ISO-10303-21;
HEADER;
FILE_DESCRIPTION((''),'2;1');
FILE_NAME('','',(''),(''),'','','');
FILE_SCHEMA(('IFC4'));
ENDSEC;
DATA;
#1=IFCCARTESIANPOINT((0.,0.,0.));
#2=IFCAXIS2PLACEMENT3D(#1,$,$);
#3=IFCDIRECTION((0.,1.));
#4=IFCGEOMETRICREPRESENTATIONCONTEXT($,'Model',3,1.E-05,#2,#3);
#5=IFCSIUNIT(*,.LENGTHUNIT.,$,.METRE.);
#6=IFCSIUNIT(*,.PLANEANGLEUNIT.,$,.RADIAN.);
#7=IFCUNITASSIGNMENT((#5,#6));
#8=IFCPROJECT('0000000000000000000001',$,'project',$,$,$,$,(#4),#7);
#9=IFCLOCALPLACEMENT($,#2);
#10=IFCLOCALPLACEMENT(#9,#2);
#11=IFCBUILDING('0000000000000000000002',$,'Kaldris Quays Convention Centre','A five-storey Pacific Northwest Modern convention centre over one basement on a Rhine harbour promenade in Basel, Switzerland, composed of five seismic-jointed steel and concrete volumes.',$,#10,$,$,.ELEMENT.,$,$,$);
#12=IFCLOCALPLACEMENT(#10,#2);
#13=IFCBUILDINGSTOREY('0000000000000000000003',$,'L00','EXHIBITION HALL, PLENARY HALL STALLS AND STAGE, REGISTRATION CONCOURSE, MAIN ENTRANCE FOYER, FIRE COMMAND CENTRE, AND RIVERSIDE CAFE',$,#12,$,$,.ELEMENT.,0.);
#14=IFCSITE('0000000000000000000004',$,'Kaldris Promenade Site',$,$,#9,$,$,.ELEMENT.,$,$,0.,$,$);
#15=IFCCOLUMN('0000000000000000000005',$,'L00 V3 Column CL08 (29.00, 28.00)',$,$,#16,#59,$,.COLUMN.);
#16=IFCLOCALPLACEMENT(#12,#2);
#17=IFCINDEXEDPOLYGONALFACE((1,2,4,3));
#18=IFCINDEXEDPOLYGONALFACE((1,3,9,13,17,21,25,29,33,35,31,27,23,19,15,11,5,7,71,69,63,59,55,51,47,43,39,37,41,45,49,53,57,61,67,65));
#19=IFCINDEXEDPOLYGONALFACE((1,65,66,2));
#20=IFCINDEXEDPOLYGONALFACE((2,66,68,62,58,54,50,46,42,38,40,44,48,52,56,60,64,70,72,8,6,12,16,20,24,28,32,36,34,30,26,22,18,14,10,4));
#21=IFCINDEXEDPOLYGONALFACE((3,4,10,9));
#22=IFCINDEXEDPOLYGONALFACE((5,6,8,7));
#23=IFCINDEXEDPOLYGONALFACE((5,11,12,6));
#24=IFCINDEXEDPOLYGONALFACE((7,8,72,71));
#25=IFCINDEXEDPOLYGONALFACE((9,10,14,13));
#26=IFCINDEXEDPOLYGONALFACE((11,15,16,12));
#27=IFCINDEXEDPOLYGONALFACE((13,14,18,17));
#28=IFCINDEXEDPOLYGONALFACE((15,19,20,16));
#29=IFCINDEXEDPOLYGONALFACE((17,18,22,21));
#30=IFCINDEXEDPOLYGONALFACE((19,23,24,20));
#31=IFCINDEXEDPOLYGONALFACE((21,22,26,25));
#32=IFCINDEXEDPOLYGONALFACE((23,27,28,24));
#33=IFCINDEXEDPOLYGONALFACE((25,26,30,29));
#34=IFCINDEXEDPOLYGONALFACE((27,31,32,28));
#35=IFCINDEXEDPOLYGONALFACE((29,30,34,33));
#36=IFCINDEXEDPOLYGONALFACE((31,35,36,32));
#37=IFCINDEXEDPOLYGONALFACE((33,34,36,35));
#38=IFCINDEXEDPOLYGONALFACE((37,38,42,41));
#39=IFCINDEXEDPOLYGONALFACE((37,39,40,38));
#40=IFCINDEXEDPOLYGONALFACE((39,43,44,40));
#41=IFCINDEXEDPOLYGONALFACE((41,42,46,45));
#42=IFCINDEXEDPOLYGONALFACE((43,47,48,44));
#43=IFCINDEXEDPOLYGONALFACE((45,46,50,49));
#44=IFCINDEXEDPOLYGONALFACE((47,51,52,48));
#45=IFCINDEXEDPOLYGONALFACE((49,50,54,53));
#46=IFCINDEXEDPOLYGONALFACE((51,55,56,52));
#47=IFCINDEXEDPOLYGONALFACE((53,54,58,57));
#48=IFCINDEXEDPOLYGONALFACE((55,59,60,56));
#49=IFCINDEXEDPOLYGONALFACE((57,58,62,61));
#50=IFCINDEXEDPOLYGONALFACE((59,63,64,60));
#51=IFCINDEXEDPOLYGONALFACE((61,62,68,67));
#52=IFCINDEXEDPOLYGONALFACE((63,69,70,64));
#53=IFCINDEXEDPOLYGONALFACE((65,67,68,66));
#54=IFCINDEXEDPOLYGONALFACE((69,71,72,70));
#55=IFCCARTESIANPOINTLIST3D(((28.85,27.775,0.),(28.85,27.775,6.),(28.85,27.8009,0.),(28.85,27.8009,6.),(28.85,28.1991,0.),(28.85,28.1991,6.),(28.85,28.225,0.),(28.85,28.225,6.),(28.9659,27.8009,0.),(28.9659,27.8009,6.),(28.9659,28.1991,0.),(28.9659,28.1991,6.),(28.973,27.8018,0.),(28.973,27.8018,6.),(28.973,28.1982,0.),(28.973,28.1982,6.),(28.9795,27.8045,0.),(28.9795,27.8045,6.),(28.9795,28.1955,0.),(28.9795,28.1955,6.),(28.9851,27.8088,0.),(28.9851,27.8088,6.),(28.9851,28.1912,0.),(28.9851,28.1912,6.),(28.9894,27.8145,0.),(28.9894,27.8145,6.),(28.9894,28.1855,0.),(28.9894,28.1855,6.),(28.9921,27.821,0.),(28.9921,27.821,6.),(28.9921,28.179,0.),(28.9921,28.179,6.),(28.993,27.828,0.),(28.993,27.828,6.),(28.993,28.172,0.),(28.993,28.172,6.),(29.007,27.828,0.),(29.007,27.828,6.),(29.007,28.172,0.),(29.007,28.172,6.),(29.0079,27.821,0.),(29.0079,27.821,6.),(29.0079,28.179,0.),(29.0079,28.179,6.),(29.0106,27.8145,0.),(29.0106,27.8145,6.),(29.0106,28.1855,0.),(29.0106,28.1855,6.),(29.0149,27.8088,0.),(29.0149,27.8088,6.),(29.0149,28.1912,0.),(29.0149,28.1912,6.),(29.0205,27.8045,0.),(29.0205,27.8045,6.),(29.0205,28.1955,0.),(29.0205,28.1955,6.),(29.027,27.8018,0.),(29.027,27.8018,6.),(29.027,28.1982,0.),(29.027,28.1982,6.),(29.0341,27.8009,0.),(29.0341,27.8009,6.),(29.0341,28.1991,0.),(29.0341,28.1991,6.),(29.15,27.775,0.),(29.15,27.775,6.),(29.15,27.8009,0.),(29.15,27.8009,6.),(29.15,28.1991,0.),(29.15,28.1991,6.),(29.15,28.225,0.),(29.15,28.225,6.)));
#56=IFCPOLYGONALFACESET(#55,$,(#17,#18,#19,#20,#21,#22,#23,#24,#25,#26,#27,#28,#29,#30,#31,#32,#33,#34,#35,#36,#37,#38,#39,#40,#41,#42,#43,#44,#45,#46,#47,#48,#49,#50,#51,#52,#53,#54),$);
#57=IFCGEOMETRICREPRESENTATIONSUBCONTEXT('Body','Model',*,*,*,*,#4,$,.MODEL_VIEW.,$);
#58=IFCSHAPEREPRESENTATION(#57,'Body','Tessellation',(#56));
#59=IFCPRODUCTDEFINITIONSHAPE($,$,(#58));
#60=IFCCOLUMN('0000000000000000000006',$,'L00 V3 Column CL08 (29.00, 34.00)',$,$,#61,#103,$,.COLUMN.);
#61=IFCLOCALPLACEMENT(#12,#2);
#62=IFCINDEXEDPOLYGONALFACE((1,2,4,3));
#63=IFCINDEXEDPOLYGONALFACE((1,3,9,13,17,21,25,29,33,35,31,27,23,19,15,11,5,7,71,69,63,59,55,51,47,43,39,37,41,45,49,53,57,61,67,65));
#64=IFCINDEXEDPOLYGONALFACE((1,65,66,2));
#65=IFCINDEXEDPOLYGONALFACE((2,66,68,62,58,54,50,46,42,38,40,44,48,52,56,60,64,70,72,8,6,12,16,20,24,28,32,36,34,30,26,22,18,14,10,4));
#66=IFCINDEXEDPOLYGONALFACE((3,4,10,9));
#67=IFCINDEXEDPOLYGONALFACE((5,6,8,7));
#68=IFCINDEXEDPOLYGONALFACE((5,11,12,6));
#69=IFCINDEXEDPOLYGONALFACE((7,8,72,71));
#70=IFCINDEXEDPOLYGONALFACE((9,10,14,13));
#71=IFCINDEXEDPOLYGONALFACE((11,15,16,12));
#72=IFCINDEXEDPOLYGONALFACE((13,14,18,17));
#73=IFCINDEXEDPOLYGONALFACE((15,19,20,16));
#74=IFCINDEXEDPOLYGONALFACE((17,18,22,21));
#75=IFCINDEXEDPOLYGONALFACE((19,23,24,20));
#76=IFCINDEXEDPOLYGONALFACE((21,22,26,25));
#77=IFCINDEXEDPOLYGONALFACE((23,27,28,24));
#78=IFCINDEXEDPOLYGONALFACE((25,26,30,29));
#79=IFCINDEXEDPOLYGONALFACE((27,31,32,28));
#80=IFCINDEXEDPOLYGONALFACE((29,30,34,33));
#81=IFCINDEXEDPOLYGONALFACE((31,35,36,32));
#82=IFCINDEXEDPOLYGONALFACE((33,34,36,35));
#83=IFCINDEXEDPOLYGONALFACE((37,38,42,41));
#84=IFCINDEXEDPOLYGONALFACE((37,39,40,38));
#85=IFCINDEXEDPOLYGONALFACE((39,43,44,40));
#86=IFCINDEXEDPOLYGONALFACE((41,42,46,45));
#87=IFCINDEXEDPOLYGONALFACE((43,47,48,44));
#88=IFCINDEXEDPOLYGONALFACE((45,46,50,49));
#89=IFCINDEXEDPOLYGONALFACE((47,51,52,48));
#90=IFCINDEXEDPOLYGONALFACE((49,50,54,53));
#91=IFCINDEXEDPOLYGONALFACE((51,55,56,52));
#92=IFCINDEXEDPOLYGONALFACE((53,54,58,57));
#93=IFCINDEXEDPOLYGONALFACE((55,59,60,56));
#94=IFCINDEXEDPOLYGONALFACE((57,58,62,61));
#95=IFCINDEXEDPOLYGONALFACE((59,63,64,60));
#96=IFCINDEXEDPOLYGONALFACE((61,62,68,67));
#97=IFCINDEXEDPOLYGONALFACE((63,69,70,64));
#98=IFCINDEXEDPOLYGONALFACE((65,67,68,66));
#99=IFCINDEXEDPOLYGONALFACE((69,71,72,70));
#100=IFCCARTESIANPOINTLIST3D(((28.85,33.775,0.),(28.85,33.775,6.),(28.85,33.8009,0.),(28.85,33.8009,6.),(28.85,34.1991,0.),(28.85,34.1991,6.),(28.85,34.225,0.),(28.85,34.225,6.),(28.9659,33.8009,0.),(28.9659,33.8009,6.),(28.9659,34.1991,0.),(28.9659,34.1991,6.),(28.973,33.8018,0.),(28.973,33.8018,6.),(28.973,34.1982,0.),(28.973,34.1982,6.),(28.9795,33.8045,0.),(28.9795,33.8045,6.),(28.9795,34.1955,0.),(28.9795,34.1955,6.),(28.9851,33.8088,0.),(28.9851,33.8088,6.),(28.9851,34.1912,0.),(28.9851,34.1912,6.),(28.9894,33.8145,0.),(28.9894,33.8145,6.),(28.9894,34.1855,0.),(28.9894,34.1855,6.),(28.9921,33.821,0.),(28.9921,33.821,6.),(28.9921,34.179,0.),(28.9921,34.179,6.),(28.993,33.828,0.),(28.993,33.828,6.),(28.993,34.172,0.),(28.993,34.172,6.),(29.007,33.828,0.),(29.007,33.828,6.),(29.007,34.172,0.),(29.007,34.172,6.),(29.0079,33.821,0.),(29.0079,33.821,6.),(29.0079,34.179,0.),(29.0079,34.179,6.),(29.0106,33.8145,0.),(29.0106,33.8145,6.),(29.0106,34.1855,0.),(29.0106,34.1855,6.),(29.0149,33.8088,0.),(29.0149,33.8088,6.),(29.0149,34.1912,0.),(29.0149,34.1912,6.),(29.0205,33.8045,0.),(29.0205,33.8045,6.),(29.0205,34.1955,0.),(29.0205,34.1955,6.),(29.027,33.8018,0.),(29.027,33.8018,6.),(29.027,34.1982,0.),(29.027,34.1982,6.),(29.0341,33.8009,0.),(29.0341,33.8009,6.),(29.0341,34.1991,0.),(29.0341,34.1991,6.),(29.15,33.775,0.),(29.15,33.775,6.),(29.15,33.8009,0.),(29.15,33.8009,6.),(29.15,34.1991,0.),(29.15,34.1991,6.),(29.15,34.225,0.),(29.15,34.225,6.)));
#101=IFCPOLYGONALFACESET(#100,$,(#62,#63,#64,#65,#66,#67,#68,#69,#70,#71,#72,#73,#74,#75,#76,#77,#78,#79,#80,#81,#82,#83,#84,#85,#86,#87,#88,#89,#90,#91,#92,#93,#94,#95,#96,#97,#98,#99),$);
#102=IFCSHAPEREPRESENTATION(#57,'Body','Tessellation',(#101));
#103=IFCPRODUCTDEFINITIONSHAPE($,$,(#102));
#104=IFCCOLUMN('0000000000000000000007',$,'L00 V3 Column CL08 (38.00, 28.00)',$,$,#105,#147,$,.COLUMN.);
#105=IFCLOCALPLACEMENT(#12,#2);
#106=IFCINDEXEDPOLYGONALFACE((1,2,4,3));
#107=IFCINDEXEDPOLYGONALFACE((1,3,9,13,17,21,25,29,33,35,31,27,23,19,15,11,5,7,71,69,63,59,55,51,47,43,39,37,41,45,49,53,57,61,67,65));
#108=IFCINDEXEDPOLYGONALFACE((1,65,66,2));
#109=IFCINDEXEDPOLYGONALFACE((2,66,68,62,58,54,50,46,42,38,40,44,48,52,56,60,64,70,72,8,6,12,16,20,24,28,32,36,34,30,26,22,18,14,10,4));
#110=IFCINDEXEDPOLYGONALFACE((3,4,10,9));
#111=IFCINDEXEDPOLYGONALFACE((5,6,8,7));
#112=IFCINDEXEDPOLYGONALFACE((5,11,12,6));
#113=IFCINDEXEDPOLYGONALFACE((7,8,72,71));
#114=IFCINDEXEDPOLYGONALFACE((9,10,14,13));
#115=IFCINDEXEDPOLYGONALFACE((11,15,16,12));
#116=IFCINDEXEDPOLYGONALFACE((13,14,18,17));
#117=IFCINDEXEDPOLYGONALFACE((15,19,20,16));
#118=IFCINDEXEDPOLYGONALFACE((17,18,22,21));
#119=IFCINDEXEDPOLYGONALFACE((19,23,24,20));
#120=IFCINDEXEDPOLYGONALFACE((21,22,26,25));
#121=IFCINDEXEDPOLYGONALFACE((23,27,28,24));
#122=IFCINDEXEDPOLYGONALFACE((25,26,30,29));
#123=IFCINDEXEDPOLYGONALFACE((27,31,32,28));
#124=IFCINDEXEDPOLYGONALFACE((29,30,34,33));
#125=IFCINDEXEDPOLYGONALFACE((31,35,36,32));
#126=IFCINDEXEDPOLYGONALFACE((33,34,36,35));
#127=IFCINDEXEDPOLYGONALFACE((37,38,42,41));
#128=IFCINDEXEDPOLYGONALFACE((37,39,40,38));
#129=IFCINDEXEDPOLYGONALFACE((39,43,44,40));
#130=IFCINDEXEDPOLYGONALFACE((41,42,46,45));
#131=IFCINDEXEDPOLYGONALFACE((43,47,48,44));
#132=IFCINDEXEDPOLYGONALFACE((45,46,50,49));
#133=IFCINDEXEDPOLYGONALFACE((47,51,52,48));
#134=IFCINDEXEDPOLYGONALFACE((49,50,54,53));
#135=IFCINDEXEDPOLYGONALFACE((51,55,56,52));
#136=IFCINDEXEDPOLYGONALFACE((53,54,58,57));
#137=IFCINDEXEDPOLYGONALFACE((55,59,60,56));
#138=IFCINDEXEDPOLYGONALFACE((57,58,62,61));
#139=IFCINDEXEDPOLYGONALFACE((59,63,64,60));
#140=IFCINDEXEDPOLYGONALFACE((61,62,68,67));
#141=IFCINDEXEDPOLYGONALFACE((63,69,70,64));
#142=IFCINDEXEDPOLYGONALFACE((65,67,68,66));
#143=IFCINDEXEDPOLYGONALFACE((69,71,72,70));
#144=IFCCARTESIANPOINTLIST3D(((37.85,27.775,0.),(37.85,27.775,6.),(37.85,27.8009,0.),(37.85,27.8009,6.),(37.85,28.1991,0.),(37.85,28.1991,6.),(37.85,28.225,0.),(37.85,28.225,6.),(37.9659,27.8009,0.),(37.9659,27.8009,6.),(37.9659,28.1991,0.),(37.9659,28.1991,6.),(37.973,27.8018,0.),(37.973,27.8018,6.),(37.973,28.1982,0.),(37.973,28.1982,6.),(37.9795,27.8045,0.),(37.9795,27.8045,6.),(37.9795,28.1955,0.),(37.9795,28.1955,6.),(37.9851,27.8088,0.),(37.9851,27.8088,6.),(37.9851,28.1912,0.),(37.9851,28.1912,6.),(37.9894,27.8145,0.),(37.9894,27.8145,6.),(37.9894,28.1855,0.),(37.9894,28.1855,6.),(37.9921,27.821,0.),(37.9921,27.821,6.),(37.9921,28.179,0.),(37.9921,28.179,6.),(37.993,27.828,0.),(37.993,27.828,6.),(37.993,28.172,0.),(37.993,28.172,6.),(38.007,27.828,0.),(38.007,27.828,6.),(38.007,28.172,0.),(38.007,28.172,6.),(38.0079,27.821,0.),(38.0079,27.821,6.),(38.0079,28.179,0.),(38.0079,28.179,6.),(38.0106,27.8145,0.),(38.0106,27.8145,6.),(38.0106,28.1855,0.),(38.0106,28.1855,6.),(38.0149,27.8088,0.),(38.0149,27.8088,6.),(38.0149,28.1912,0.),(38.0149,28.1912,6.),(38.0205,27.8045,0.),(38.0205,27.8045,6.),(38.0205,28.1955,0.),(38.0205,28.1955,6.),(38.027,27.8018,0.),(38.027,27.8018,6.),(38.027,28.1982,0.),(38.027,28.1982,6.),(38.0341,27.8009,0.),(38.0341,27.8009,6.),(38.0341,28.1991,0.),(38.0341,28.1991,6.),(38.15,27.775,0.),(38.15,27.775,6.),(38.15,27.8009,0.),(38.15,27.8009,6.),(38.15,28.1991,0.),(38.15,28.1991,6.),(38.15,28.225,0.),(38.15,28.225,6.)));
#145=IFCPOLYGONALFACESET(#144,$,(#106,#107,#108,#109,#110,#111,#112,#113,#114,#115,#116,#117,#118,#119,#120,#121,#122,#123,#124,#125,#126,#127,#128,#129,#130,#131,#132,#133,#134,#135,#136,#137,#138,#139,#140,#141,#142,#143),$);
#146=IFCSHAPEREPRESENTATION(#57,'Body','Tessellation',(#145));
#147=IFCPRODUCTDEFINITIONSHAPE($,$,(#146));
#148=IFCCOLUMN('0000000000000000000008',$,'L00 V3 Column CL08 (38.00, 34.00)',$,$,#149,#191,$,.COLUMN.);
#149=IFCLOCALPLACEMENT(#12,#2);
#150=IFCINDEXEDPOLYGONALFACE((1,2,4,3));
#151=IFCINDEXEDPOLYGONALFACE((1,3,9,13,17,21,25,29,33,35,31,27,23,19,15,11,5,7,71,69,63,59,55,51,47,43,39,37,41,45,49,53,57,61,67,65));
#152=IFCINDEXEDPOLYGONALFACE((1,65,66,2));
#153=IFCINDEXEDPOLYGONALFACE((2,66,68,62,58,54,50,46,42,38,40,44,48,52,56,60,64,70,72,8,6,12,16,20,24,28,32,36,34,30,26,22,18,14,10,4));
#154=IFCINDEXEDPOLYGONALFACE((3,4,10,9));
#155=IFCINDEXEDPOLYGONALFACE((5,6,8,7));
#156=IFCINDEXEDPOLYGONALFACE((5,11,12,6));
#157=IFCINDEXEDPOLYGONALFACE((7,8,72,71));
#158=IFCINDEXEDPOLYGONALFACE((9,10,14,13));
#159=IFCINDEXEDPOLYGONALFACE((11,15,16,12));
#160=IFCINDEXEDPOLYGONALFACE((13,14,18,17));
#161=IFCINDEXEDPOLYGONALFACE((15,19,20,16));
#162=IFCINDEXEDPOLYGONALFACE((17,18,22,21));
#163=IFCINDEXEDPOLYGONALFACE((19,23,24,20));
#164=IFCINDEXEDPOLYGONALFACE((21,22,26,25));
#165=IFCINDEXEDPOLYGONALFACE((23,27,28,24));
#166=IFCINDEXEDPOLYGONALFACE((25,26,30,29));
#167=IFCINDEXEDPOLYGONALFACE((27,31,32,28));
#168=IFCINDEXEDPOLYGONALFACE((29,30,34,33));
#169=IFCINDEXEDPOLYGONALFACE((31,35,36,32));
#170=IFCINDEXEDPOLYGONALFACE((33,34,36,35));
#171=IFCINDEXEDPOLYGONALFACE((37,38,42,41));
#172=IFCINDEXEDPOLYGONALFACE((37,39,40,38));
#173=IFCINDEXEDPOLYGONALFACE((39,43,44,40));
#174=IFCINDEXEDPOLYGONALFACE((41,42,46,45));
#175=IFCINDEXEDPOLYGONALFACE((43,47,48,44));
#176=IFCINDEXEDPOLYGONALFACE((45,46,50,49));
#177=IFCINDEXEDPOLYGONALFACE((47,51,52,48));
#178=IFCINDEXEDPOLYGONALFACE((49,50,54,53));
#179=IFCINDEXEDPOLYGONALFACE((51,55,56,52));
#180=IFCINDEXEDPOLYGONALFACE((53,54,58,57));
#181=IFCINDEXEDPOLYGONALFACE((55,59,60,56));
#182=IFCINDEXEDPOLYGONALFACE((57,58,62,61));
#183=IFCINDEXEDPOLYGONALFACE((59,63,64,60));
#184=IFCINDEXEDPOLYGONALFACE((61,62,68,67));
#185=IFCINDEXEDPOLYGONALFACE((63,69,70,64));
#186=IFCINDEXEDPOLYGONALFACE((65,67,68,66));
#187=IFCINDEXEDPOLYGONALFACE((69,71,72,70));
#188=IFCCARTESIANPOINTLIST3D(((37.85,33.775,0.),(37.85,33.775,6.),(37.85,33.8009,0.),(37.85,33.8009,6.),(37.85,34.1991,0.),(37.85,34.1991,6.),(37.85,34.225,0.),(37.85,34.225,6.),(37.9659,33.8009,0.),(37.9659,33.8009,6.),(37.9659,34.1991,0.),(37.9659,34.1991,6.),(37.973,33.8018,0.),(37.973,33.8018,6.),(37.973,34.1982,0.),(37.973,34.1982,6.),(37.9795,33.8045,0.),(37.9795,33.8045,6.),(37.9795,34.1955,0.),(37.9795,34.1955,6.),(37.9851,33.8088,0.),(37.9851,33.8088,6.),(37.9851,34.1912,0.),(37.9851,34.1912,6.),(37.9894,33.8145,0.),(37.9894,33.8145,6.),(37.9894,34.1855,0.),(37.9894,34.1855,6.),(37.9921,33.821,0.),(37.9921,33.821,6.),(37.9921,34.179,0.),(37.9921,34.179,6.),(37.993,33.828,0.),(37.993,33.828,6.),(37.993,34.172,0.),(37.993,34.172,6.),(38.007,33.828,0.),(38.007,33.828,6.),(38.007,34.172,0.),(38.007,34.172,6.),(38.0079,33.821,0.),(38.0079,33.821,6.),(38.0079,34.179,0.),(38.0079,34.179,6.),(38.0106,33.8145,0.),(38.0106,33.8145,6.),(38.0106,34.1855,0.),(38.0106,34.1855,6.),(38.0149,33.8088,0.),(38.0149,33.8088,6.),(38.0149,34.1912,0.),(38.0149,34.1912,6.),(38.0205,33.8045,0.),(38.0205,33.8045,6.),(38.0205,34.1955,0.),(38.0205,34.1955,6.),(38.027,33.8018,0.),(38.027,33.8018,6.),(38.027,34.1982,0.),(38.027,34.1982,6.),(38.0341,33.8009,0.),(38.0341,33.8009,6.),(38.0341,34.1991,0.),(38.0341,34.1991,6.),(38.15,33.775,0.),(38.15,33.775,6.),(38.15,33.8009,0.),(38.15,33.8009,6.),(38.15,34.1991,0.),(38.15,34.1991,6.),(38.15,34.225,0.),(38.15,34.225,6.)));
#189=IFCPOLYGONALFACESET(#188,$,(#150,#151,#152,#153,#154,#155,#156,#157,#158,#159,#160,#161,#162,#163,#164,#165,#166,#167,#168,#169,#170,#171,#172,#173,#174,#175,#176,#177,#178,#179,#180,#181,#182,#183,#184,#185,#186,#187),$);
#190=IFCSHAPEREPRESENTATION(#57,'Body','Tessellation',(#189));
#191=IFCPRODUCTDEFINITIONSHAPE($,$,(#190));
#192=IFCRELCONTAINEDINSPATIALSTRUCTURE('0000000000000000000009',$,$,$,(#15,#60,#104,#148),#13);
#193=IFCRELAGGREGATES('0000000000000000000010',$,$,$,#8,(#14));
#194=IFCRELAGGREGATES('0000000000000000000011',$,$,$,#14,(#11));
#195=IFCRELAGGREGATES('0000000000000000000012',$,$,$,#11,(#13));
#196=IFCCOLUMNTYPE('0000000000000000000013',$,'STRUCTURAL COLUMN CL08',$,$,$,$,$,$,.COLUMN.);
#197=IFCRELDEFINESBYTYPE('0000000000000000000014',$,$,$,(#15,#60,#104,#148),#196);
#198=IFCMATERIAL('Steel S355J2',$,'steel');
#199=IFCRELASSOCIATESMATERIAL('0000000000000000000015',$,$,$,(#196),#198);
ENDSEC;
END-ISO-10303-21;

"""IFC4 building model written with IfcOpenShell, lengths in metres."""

from ifc_helpers import new_model, si_unit, direction, frame, origin, origin_2d, place, context, subcontext, project, spatial, i_section, extrude, material, material_profile, profile_set, type_object, element, save


model = new_model("IFC4")

# Units and contexts
model_context = context("Model", 3, precision=1e-05, world=origin(), true_north=direction((0.0, 1.0)))
body_context = subcontext(model_context, "Body", "Model", "MODEL_VIEW")
ifc_project = project(units=[si_unit("LENGTHUNIT", "METRE"), si_unit("PLANEANGLEUNIT", "RADIAN")], contexts=[model_context])

# Site, building, storey
site_placement = place(None, origin())
site = spatial("IfcSite", under=ifc_project, at=site_placement, Name="Kaldris Promenade Site", CompositionType="ELEMENT", RefElevation=0.0)
building_placement = place(site_placement, origin())
building = spatial("IfcBuilding", under=site, at=building_placement, Name="Kaldris Quays Convention Centre", Description="A five-storey Pacific Northwest Modern convention centre over one basement on a Rhine harbour promenade in Basel, Switzerland, composed of five seismic-jointed steel and concrete volumes.", CompositionType="ELEMENT")
storey_placement = place(building_placement, origin())
storey = spatial("IfcBuildingStorey", under=building, at=storey_placement, Name="L00", Description="EXHIBITION HALL, PLENARY HALL STALLS AND STAGE, REGISTRATION CONCOURSE, MAIN ENTRANCE FOYER, FIRE COMMAND CENTRE, AND RIVERSIDE CAFE", CompositionType="ELEMENT", Elevation=0.0)

# Columns
ifc_material_1 = material(Name="Steel S355J2", Category="steel")
ifc_material_profile_1 = material_profile(ifc_material_1, i_section(OverallWidth=0.3, OverallDepth=0.45, WebThickness=0.0139, FlangeThickness=0.0259, FilletRadius=0.0271, at=origin_2d()), Name="HEB 450")
ifc_profile_set_1 = profile_set([ifc_material_profile_1], Name="Steel S355J2")
column_type = type_object("IfcColumnType", Name="STRUCTURAL COLUMN CL08", PredefinedType="COLUMN", material=ifc_profile_set_1)
for number, where, z_axis, x_axis, name in (
    (1, (29.0, 28.0, 0.0), (0.0, 0.0, 1.0), (1.0, 0.0, 0.0), "L00 V3 Column CL08 (29.00, 28.00)"),
    (2, (29.0, 34.0, 0.0), (0.0, 0.0, 1.0), (1.0, 0.0, 0.0), "L00 V3 Column CL08 (29.00, 34.00)"),
    (3, (38.0, 28.0, 0.0), (0.0, 0.0, 1.0), (1.0, 0.0, 0.0), "L00 V3 Column CL08 (38.00, 28.00)"),
    (4, (38.0, 34.0, 0.0), (0.0, 0.0, 1.0), (1.0, 0.0, 0.0), "L00 V3 Column CL08 (38.00, 34.00)"),
):
    element("IfcColumn", number, at=place(storey_placement, frame(where, z_axis=z_axis, x_axis=x_axis)), inside=storey, type_object=column_type, Name=name, PredefinedType="COLUMN", context=body_context, shape_type="SweptSolid", body=[
        extrude(i_section(OverallWidth=0.3, OverallDepth=0.45, WebThickness=0.0139, FlangeThickness=0.0259, FilletRadius=0.0271, at=origin_2d()), origin(), (0.0, 0.0, 1.0), 6.0),
    ])

save(model, "model.ifc")
